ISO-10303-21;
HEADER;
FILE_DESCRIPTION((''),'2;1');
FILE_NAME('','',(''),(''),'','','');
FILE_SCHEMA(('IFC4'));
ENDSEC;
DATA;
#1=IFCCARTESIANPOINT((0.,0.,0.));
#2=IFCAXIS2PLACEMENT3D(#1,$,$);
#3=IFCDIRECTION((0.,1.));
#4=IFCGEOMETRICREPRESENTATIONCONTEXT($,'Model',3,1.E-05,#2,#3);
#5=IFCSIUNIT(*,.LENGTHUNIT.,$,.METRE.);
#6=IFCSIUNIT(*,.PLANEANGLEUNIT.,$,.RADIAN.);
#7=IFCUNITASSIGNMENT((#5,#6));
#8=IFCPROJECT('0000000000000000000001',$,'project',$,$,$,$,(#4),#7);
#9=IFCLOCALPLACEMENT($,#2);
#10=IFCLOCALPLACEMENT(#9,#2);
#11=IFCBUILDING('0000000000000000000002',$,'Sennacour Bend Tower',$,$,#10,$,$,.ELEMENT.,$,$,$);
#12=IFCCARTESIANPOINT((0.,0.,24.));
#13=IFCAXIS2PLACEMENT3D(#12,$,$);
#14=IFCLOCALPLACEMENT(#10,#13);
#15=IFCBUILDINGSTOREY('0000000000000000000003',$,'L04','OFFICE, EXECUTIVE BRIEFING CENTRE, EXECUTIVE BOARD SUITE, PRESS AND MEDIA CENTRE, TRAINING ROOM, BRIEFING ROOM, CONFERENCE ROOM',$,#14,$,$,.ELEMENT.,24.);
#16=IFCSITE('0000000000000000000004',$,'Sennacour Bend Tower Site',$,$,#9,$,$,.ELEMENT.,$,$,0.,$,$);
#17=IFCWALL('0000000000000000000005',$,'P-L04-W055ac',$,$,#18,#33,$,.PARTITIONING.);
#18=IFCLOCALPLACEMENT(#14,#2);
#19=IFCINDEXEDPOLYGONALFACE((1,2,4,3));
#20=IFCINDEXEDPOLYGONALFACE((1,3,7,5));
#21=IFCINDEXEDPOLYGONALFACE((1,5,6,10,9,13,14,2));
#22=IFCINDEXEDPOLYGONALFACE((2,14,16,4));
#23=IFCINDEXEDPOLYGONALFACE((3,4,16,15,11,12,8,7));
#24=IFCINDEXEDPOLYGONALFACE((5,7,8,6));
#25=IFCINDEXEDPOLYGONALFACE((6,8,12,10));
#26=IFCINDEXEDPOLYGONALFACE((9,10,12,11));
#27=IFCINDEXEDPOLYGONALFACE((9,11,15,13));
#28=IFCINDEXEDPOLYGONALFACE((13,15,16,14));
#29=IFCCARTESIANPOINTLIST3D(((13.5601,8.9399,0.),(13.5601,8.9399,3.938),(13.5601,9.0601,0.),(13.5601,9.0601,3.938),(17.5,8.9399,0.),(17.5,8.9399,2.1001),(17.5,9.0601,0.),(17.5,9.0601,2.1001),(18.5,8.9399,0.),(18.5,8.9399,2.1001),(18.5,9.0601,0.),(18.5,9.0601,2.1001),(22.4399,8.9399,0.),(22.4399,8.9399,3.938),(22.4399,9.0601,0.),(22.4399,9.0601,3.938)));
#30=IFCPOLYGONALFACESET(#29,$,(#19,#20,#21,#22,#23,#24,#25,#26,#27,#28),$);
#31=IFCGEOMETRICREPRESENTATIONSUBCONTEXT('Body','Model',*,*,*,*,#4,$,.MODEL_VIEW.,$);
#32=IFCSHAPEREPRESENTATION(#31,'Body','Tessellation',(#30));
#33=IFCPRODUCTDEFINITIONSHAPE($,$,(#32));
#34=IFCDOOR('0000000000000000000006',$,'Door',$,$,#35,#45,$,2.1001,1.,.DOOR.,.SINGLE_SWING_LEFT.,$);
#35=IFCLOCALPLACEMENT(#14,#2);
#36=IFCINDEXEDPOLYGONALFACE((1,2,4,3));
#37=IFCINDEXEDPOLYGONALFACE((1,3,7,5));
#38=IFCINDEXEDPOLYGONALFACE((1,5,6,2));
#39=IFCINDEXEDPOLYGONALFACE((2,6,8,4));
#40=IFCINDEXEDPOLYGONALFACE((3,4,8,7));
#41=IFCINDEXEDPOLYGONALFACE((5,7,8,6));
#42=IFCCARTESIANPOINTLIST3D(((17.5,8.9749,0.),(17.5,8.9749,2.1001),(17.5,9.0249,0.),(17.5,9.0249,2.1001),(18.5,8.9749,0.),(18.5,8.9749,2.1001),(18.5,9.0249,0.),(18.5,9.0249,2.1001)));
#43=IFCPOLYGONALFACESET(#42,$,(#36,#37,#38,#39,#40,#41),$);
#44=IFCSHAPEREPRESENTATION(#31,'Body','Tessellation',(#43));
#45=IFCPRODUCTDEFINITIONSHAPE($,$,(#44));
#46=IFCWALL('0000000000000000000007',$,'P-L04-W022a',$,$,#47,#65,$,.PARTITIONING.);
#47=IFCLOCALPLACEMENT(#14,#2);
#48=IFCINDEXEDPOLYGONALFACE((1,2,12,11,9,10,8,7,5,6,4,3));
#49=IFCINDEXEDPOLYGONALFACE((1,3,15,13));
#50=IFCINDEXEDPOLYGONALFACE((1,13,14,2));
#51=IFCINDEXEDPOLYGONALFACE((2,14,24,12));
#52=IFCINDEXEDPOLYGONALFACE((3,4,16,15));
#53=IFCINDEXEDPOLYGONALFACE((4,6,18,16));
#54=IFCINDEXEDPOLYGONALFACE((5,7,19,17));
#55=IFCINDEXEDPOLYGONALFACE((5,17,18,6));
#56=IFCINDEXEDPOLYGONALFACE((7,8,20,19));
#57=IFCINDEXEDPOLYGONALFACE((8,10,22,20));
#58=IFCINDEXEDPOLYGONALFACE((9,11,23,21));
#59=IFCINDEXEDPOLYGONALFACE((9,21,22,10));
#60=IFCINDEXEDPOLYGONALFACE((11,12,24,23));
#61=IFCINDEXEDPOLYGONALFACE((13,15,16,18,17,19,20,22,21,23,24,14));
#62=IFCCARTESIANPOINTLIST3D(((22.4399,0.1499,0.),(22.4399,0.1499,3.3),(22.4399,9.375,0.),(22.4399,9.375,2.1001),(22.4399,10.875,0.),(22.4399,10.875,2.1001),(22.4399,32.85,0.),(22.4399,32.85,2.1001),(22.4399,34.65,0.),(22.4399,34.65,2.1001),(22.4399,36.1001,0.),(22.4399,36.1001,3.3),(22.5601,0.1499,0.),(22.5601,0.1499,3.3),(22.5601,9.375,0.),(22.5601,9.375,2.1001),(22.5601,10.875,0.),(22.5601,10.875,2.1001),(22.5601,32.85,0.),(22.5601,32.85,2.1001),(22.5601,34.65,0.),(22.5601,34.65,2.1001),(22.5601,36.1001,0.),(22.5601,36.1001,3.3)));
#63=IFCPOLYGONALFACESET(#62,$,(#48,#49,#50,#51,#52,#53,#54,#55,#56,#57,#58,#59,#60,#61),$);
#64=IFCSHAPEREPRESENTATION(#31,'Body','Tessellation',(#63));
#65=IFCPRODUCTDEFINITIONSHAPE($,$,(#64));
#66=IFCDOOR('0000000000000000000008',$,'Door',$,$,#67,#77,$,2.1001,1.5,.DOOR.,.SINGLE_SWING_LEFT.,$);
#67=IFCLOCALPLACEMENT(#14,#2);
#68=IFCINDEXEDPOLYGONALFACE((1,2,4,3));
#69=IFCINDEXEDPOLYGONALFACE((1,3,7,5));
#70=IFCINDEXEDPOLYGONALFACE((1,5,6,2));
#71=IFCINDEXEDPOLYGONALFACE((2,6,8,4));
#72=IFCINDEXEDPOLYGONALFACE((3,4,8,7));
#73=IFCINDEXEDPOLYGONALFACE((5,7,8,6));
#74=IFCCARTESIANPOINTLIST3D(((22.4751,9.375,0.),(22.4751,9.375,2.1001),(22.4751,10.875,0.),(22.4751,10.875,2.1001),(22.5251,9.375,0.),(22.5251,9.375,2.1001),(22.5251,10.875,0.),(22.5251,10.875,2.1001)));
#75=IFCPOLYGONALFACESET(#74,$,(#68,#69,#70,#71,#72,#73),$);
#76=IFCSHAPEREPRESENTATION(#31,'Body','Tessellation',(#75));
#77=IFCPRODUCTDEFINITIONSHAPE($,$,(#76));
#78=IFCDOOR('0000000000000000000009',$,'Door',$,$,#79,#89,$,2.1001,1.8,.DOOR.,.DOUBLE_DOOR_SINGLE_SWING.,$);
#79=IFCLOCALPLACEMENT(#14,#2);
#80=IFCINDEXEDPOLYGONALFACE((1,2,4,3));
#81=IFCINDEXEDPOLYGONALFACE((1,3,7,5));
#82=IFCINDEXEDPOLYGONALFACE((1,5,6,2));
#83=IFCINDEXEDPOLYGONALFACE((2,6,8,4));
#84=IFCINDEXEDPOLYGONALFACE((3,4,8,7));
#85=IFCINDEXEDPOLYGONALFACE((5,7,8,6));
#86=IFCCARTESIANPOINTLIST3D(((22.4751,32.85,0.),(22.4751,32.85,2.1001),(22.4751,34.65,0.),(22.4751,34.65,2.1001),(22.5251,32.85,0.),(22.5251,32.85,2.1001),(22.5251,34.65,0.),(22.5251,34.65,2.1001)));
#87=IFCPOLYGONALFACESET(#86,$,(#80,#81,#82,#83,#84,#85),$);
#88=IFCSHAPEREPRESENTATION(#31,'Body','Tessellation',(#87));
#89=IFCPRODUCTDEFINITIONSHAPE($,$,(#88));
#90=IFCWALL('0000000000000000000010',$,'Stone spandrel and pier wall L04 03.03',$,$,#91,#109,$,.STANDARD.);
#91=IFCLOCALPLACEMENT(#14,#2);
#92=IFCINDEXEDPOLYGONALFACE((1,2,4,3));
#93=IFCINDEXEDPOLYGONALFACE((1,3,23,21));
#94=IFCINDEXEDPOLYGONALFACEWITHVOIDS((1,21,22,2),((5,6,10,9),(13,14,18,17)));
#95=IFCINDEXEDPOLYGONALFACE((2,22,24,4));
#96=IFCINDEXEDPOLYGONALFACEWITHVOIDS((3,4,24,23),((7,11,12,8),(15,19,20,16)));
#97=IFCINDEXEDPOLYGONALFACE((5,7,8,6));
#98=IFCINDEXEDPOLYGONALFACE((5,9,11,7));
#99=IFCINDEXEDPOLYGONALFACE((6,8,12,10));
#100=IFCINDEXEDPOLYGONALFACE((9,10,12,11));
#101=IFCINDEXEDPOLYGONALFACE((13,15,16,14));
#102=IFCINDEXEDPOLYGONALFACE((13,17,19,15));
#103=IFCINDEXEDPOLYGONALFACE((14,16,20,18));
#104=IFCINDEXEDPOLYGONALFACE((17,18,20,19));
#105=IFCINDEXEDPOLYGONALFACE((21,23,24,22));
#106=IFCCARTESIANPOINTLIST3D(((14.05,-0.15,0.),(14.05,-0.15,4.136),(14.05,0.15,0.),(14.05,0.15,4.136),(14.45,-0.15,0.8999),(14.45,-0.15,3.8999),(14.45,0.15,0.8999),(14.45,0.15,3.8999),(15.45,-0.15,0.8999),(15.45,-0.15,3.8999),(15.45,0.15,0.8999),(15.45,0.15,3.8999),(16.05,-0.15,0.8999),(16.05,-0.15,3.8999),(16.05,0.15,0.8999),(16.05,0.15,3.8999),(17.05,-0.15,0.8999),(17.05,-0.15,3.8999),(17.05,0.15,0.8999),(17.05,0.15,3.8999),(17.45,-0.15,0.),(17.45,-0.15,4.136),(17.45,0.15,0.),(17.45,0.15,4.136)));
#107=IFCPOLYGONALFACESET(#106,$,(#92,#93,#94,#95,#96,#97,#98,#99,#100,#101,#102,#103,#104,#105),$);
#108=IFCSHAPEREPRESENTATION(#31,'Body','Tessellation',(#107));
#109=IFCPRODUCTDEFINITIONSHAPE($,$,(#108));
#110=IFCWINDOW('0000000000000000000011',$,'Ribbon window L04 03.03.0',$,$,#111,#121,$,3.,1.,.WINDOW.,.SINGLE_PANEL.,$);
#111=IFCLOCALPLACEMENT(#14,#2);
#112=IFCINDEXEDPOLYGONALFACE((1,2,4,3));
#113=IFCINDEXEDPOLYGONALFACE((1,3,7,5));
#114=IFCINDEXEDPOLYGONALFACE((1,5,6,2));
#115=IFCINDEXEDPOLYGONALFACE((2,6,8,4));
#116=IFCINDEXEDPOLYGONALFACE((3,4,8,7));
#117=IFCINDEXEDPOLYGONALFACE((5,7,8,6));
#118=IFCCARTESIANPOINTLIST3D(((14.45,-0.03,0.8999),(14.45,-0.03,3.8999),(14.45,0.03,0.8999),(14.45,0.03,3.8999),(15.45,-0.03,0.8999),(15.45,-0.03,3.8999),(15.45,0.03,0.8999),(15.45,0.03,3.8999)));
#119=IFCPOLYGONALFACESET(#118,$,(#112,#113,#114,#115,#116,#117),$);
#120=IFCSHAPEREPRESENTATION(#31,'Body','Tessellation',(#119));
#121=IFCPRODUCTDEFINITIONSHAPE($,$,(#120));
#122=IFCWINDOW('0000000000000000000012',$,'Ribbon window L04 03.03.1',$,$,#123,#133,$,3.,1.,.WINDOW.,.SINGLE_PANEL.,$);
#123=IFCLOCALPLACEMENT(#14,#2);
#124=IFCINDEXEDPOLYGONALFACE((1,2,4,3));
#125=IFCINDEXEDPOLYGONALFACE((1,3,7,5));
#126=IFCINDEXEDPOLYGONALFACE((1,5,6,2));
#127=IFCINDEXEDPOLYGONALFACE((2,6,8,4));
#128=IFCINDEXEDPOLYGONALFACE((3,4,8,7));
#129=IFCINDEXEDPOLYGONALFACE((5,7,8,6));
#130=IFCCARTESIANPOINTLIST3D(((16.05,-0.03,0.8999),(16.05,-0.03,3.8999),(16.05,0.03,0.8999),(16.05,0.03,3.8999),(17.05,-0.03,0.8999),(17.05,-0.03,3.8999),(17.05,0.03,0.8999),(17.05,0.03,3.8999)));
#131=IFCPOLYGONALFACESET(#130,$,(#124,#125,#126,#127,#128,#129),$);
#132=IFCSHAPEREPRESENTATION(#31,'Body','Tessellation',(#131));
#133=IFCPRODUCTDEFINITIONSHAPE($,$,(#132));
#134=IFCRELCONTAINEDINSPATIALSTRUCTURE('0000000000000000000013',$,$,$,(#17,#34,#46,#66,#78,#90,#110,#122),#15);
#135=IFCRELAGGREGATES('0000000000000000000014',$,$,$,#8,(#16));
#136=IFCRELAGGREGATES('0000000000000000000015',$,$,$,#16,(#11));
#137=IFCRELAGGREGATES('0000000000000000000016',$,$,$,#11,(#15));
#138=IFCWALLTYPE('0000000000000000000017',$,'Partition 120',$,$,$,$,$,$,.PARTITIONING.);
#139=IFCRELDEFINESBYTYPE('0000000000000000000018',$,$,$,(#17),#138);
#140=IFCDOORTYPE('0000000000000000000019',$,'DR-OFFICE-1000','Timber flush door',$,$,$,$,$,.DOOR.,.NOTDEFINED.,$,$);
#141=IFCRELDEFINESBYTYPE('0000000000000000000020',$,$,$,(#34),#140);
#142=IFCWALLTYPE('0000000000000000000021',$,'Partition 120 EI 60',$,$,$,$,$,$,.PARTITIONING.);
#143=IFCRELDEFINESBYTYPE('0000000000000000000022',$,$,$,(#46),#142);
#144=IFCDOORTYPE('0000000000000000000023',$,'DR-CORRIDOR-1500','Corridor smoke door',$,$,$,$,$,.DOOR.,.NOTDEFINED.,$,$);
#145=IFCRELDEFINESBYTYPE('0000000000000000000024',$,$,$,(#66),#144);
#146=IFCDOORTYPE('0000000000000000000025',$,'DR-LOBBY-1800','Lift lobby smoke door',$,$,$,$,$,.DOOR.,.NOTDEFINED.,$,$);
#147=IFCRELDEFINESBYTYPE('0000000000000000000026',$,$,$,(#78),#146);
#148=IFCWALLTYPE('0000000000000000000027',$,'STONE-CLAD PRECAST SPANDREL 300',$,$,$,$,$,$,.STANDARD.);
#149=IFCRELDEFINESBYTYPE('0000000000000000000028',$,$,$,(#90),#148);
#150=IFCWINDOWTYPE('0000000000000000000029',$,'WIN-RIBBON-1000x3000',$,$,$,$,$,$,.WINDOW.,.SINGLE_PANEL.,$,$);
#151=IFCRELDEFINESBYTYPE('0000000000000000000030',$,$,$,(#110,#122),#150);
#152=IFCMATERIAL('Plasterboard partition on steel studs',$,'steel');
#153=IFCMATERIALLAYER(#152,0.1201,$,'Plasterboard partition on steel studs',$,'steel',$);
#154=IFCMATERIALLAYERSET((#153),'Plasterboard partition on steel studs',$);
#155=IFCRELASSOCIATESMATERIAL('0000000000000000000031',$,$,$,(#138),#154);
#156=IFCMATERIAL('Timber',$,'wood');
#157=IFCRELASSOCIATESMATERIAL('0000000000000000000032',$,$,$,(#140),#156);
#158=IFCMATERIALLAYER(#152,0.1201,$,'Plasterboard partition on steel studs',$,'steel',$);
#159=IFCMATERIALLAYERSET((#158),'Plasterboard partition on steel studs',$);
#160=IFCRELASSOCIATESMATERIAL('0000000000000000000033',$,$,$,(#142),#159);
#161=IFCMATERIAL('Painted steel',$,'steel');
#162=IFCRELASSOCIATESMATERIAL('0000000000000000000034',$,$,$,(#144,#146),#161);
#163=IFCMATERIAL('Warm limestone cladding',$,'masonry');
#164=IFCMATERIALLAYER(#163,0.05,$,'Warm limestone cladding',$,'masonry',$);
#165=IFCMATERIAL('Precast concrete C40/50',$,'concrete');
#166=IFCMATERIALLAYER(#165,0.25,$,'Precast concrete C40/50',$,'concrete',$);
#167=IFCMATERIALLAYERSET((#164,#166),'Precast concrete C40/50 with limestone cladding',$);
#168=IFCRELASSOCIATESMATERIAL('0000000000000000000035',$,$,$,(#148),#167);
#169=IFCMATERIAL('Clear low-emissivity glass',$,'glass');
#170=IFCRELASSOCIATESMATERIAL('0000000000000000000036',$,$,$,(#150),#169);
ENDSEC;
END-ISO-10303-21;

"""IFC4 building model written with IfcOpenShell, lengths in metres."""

from ifc_helpers import new_model, si_unit, direction, frame, frame_2d, origin, place, context, subcontext, project, spatial, rectangle, extrude, material, layer, layer_set, type_object, element, fill, save


model = new_model("IFC4")

# Units and contexts
model_context = context("Model", 3, precision=1e-05, world=origin(), true_north=direction((0.0, 1.0)))
body_context = subcontext(model_context, "Body", "Model", "MODEL_VIEW")
ifc_project = project(units=[si_unit("LENGTHUNIT", "METRE"), si_unit("PLANEANGLEUNIT", "RADIAN")], contexts=[model_context])

# Site, building, storey
site_placement = place(None, origin())
site = spatial("IfcSite", under=ifc_project, at=site_placement, Name="Sennacour Bend Tower Site", CompositionType="ELEMENT", RefElevation=0.0)
building_placement = place(site_placement, origin())
building = spatial("IfcBuilding", under=site, at=building_placement, Name="Sennacour Bend Tower", CompositionType="ELEMENT")
storey_placement = place(building_placement, frame((0.0, 0.0, 24.0)))
storey = spatial("IfcBuildingStorey", under=building, at=storey_placement, Name="L04", Description="OFFICE, EXECUTIVE BRIEFING CENTRE, EXECUTIVE BOARD SUITE, PRESS AND MEDIA CENTRE, TRAINING ROOM, BRIEFING ROOM, CONFERENCE ROOM", CompositionType="ELEMENT", Elevation=24.0)

# Shared definitions
ifc_material_1 = material(Name="Plasterboard partition on steel studs", Category="steel")
ifc_layer_1 = layer(ifc_material_1, 0.1201, Name="Plasterboard partition on steel studs", Category="steel")
ifc_layer_set_1 = layer_set([ifc_layer_1], Name="Plasterboard partition on steel studs")
wall_type_1 = type_object("IfcWallType", Name="Partition 120", PredefinedType="PARTITIONING", material=ifc_layer_set_1)

# Wall, opening, door
wall_1_placement = place(storey_placement, frame((13.5601, 9.0, 0.0), z_axis=(0.0, 0.0, 1.0), x_axis=(1.0, 0.0, 0.0)))
wall_1 = element("IfcWall", 1, at=wall_1_placement, inside=storey, type_object=wall_type_1, Name="P-L04-W055ac", PredefinedType="PARTITIONING", context=body_context, shape_type="SweptSolid", body=[
    extrude(rectangle(XDim=8.8799, YDim=0.1201, at=frame_2d((4.4399, 0.0))), origin(), (0.0, 0.0, 1.0), 3.938),
])
opening_1_placement = place(wall_1_placement, frame((3.9399, 0.0, 0.0)))
opening_1 = element("IfcOpeningElement", 2, at=opening_1_placement, cuts=wall_1, PredefinedType="OPENING", context=body_context, shape_type="SweptSolid", body=[
    extrude(rectangle(XDim=1.0, YDim=2.1001, at=frame_2d((0.5, 1.05))), frame((0.0, 0.0701, 0.0), z_axis=(0.0, -1.0, 0.0), x_axis=(1.0, 0.0, 0.0)), (0.0, 0.0, 1.0), 0.1401),
])
ifc_material_2 = material(Name="Timber", Category="wood")
door_type_1 = type_object("IfcDoorType", Name="DR-OFFICE-1000", Description="Timber flush door", OperationType="NOTDEFINED", PredefinedType="DOOR", material=ifc_material_2)
door_1_placement = place(opening_1_placement, origin())
door_1 = element("IfcDoor", 3, at=door_1_placement, inside=storey, type_object=door_type_1, Name="Door", OperationType="SINGLE_SWING_LEFT", OverallHeight=2.1001, OverallWidth=1.0, PredefinedType="DOOR", context=body_context, shape_type="SweptSolid", body=[
    extrude(rectangle(XDim=1.0, YDim=2.1001, at=frame_2d((0.5, 1.05))), frame((0.0, 0.0249, 0.0), z_axis=(0.0, -1.0, 0.0), x_axis=(1.0, 0.0, 0.0)), (0.0, 0.0, 1.0), 0.05),
])
fill(opening_1, door_1)

# Wall, openings, doors
ifc_layer_2 = layer(ifc_material_1, 0.1201, Name="Plasterboard partition on steel studs", Category="steel")
ifc_layer_set_2 = layer_set([ifc_layer_2], Name="Plasterboard partition on steel studs")
wall_type_2 = type_object("IfcWallType", Name="Partition 120 EI 60", PredefinedType="PARTITIONING", material=ifc_layer_set_2)
wall_2_placement = place(storey_placement, frame((22.5, 0.1499, 0.0), z_axis=(0.0, 0.0, 1.0), x_axis=(0.0, 1.0, 0.0)))
wall_2 = element("IfcWall", 4, at=wall_2_placement, inside=storey, type_object=wall_type_2, Name="P-L04-W022a", PredefinedType="PARTITIONING", context=body_context, shape_type="SweptSolid", body=[
    extrude(rectangle(XDim=35.9502, YDim=0.1201, at=frame_2d((17.9751, 0.0))), origin(), (0.0, 0.0, 1.0), 3.3),
])
opening_2_placement = place(wall_2_placement, frame((9.2251, 0.0, 0.0)))
opening_2 = element("IfcOpeningElement", 5, at=opening_2_placement, cuts=wall_2, PredefinedType="OPENING", context=body_context, shape_type="SweptSolid", body=[
    extrude(rectangle(XDim=1.5, YDim=2.1001, at=frame_2d((0.75, 1.05))), frame((0.0, 0.0701, 0.0), z_axis=(0.0, -1.0, 0.0), x_axis=(1.0, 0.0, 0.0)), (0.0, 0.0, 1.0), 0.1401),
])
opening_3_placement = place(wall_2_placement, frame((32.7002, 0.0, 0.0)))
opening_3 = element("IfcOpeningElement", 6, at=opening_3_placement, cuts=wall_2, PredefinedType="OPENING", context=body_context, shape_type="SweptSolid", body=[
    extrude(rectangle(XDim=1.8, YDim=2.1001, at=frame_2d((0.8999, 1.05))), frame((0.0, 0.0701, 0.0), z_axis=(0.0, -1.0, 0.0), x_axis=(1.0, 0.0, 0.0)), (0.0, 0.0, 1.0), 0.1401),
])
ifc_material_3 = material(Name="Painted steel", Category="steel")
door_type_2 = type_object("IfcDoorType", Name="DR-CORRIDOR-1500", Description="Corridor smoke door", OperationType="NOTDEFINED", PredefinedType="DOOR", material=ifc_material_3)
door_2_placement = place(opening_2_placement, origin())
door_2 = element("IfcDoor", 7, at=door_2_placement, inside=storey, type_object=door_type_2, Name="Door", OperationType="SINGLE_SWING_LEFT", OverallHeight=2.1001, OverallWidth=1.5, PredefinedType="DOOR", context=body_context, shape_type="SweptSolid", body=[
    extrude(rectangle(XDim=1.5, YDim=2.1001, at=frame_2d((0.75, 1.05))), frame((0.0, 0.0249, 0.0), z_axis=(0.0, -1.0, 0.0), x_axis=(1.0, 0.0, 0.0)), (0.0, 0.0, 1.0), 0.05),
])
fill(opening_2, door_2)
door_type_3 = type_object("IfcDoorType", Name="DR-LOBBY-1800", Description="Lift lobby smoke door", OperationType="NOTDEFINED", PredefinedType="DOOR", material=ifc_material_3)
door_3_placement = place(opening_3_placement, origin())
door_3 = element("IfcDoor", 8, at=door_3_placement, inside=storey, type_object=door_type_3, Name="Door", OperationType="DOUBLE_DOOR_SINGLE_SWING", OverallHeight=2.1001, OverallWidth=1.8, PredefinedType="DOOR", context=body_context, shape_type="SweptSolid", body=[
    extrude(rectangle(XDim=1.8, YDim=2.1001, at=frame_2d((0.8999, 1.05))), frame((0.0, 0.0249, 0.0), z_axis=(0.0, -1.0, 0.0), x_axis=(1.0, 0.0, 0.0)), (0.0, 0.0, 1.0), 0.05),
])
fill(opening_3, door_3)

# Wall, openings, windows
ifc_material_4 = material(Name="Warm limestone cladding", Category="masonry")
ifc_layer_3 = layer(ifc_material_4, 0.05, Name="Warm limestone cladding", Category="masonry")
ifc_material_5 = material(Name="Precast concrete C40/50", Category="concrete")
ifc_layer_4 = layer(ifc_material_5, 0.25, Name="Precast concrete C40/50", Category="concrete")
ifc_layer_set_3 = layer_set([ifc_layer_3, ifc_layer_4], Name="Precast concrete C40/50 with limestone cladding")
wall_type_3 = type_object("IfcWallType", Name="STONE-CLAD PRECAST SPANDREL 300", PredefinedType="STANDARD", material=ifc_layer_set_3)
wall_3_placement = place(storey_placement, frame((14.05, 0.0, 0.0), z_axis=(0.0, 0.0, 1.0), x_axis=(1.0, 0.0, 0.0)))
wall_3 = element("IfcWall", 9, at=wall_3_placement, inside=storey, type_object=wall_type_3, Name="Stone spandrel and pier wall L04 03.03", PredefinedType="STANDARD", context=body_context, shape_type="SweptSolid", body=[
    extrude(rectangle(XDim=3.3999, YDim=0.3, at=frame_2d((1.7, 0.0))), origin(), (0.0, 0.0, 1.0), 4.136),
])
opening_4_placement = place(wall_3_placement, frame((0.3999, 0.0, 0.8999)))
opening_4 = element("IfcOpeningElement", 10, at=opening_4_placement, cuts=wall_3, PredefinedType="OPENING", context=body_context, shape_type="SweptSolid", body=[
    extrude(rectangle(XDim=1.0, YDim=3.0, at=frame_2d((0.5, 1.5))), frame((0.0, 0.1602, 0.0), z_axis=(0.0, -1.0, 0.0), x_axis=(1.0, 0.0, 0.0)), (0.0, 0.0, 1.0), 0.3201),
])
opening_5_placement = place(wall_3_placement, frame((2.0, 0.0, 0.8999)))
opening_5 = element("IfcOpeningElement", 11, at=opening_5_placement, cuts=wall_3, PredefinedType="OPENING", context=body_context, shape_type="SweptSolid", body=[
    extrude(rectangle(XDim=1.0, YDim=3.0, at=frame_2d((0.5, 1.5))), frame((0.0, 0.1602, 0.0), z_axis=(0.0, -1.0, 0.0), x_axis=(1.0, 0.0, 0.0)), (0.0, 0.0, 1.0), 0.3201),
])
ifc_material_6 = material(Name="Clear low-emissivity glass", Category="glass")
window_type_1 = type_object("IfcWindowType", Name="WIN-RIBBON-1000x3000", PartitioningType="SINGLE_PANEL", PredefinedType="WINDOW", material=ifc_material_6)
window_1_placement = place(opening_4_placement, origin())
window_1 = element("IfcWindow", 12, at=window_1_placement, inside=storey, type_object=window_type_1, Name="Ribbon window L04 03.03.0", OverallHeight=3.0, OverallWidth=1.0, PartitioningType="SINGLE_PANEL", PredefinedType="WINDOW", context=body_context, shape_type="SweptSolid", body=[
    extrude(rectangle(XDim=1.0, YDim=3.0, at=frame_2d((0.5, 1.5))), frame((0.0, 0.03, 0.0), z_axis=(0.0, -1.0, 0.0), x_axis=(1.0, 0.0, 0.0)), (0.0, 0.0, 1.0), 0.0601),
])
fill(opening_4, window_1)
window_2_placement = place(opening_5_placement, origin())
window_2 = element("IfcWindow", 13, at=window_2_placement, inside=storey, type_object=window_type_1, Name="Ribbon window L04 03.03.1", OverallHeight=3.0, OverallWidth=1.0, PartitioningType="SINGLE_PANEL", PredefinedType="WINDOW", context=body_context, shape_type="SweptSolid", body=[
    extrude(rectangle(XDim=1.0, YDim=3.0, at=frame_2d((0.5, 1.5))), frame((0.0, 0.03, 0.0), z_axis=(0.0, -1.0, 0.0), x_axis=(1.0, 0.0, 0.0)), (0.0, 0.0, 1.0), 0.0601),
])
fill(opening_5, window_2)

save(model, "model.ifc")
